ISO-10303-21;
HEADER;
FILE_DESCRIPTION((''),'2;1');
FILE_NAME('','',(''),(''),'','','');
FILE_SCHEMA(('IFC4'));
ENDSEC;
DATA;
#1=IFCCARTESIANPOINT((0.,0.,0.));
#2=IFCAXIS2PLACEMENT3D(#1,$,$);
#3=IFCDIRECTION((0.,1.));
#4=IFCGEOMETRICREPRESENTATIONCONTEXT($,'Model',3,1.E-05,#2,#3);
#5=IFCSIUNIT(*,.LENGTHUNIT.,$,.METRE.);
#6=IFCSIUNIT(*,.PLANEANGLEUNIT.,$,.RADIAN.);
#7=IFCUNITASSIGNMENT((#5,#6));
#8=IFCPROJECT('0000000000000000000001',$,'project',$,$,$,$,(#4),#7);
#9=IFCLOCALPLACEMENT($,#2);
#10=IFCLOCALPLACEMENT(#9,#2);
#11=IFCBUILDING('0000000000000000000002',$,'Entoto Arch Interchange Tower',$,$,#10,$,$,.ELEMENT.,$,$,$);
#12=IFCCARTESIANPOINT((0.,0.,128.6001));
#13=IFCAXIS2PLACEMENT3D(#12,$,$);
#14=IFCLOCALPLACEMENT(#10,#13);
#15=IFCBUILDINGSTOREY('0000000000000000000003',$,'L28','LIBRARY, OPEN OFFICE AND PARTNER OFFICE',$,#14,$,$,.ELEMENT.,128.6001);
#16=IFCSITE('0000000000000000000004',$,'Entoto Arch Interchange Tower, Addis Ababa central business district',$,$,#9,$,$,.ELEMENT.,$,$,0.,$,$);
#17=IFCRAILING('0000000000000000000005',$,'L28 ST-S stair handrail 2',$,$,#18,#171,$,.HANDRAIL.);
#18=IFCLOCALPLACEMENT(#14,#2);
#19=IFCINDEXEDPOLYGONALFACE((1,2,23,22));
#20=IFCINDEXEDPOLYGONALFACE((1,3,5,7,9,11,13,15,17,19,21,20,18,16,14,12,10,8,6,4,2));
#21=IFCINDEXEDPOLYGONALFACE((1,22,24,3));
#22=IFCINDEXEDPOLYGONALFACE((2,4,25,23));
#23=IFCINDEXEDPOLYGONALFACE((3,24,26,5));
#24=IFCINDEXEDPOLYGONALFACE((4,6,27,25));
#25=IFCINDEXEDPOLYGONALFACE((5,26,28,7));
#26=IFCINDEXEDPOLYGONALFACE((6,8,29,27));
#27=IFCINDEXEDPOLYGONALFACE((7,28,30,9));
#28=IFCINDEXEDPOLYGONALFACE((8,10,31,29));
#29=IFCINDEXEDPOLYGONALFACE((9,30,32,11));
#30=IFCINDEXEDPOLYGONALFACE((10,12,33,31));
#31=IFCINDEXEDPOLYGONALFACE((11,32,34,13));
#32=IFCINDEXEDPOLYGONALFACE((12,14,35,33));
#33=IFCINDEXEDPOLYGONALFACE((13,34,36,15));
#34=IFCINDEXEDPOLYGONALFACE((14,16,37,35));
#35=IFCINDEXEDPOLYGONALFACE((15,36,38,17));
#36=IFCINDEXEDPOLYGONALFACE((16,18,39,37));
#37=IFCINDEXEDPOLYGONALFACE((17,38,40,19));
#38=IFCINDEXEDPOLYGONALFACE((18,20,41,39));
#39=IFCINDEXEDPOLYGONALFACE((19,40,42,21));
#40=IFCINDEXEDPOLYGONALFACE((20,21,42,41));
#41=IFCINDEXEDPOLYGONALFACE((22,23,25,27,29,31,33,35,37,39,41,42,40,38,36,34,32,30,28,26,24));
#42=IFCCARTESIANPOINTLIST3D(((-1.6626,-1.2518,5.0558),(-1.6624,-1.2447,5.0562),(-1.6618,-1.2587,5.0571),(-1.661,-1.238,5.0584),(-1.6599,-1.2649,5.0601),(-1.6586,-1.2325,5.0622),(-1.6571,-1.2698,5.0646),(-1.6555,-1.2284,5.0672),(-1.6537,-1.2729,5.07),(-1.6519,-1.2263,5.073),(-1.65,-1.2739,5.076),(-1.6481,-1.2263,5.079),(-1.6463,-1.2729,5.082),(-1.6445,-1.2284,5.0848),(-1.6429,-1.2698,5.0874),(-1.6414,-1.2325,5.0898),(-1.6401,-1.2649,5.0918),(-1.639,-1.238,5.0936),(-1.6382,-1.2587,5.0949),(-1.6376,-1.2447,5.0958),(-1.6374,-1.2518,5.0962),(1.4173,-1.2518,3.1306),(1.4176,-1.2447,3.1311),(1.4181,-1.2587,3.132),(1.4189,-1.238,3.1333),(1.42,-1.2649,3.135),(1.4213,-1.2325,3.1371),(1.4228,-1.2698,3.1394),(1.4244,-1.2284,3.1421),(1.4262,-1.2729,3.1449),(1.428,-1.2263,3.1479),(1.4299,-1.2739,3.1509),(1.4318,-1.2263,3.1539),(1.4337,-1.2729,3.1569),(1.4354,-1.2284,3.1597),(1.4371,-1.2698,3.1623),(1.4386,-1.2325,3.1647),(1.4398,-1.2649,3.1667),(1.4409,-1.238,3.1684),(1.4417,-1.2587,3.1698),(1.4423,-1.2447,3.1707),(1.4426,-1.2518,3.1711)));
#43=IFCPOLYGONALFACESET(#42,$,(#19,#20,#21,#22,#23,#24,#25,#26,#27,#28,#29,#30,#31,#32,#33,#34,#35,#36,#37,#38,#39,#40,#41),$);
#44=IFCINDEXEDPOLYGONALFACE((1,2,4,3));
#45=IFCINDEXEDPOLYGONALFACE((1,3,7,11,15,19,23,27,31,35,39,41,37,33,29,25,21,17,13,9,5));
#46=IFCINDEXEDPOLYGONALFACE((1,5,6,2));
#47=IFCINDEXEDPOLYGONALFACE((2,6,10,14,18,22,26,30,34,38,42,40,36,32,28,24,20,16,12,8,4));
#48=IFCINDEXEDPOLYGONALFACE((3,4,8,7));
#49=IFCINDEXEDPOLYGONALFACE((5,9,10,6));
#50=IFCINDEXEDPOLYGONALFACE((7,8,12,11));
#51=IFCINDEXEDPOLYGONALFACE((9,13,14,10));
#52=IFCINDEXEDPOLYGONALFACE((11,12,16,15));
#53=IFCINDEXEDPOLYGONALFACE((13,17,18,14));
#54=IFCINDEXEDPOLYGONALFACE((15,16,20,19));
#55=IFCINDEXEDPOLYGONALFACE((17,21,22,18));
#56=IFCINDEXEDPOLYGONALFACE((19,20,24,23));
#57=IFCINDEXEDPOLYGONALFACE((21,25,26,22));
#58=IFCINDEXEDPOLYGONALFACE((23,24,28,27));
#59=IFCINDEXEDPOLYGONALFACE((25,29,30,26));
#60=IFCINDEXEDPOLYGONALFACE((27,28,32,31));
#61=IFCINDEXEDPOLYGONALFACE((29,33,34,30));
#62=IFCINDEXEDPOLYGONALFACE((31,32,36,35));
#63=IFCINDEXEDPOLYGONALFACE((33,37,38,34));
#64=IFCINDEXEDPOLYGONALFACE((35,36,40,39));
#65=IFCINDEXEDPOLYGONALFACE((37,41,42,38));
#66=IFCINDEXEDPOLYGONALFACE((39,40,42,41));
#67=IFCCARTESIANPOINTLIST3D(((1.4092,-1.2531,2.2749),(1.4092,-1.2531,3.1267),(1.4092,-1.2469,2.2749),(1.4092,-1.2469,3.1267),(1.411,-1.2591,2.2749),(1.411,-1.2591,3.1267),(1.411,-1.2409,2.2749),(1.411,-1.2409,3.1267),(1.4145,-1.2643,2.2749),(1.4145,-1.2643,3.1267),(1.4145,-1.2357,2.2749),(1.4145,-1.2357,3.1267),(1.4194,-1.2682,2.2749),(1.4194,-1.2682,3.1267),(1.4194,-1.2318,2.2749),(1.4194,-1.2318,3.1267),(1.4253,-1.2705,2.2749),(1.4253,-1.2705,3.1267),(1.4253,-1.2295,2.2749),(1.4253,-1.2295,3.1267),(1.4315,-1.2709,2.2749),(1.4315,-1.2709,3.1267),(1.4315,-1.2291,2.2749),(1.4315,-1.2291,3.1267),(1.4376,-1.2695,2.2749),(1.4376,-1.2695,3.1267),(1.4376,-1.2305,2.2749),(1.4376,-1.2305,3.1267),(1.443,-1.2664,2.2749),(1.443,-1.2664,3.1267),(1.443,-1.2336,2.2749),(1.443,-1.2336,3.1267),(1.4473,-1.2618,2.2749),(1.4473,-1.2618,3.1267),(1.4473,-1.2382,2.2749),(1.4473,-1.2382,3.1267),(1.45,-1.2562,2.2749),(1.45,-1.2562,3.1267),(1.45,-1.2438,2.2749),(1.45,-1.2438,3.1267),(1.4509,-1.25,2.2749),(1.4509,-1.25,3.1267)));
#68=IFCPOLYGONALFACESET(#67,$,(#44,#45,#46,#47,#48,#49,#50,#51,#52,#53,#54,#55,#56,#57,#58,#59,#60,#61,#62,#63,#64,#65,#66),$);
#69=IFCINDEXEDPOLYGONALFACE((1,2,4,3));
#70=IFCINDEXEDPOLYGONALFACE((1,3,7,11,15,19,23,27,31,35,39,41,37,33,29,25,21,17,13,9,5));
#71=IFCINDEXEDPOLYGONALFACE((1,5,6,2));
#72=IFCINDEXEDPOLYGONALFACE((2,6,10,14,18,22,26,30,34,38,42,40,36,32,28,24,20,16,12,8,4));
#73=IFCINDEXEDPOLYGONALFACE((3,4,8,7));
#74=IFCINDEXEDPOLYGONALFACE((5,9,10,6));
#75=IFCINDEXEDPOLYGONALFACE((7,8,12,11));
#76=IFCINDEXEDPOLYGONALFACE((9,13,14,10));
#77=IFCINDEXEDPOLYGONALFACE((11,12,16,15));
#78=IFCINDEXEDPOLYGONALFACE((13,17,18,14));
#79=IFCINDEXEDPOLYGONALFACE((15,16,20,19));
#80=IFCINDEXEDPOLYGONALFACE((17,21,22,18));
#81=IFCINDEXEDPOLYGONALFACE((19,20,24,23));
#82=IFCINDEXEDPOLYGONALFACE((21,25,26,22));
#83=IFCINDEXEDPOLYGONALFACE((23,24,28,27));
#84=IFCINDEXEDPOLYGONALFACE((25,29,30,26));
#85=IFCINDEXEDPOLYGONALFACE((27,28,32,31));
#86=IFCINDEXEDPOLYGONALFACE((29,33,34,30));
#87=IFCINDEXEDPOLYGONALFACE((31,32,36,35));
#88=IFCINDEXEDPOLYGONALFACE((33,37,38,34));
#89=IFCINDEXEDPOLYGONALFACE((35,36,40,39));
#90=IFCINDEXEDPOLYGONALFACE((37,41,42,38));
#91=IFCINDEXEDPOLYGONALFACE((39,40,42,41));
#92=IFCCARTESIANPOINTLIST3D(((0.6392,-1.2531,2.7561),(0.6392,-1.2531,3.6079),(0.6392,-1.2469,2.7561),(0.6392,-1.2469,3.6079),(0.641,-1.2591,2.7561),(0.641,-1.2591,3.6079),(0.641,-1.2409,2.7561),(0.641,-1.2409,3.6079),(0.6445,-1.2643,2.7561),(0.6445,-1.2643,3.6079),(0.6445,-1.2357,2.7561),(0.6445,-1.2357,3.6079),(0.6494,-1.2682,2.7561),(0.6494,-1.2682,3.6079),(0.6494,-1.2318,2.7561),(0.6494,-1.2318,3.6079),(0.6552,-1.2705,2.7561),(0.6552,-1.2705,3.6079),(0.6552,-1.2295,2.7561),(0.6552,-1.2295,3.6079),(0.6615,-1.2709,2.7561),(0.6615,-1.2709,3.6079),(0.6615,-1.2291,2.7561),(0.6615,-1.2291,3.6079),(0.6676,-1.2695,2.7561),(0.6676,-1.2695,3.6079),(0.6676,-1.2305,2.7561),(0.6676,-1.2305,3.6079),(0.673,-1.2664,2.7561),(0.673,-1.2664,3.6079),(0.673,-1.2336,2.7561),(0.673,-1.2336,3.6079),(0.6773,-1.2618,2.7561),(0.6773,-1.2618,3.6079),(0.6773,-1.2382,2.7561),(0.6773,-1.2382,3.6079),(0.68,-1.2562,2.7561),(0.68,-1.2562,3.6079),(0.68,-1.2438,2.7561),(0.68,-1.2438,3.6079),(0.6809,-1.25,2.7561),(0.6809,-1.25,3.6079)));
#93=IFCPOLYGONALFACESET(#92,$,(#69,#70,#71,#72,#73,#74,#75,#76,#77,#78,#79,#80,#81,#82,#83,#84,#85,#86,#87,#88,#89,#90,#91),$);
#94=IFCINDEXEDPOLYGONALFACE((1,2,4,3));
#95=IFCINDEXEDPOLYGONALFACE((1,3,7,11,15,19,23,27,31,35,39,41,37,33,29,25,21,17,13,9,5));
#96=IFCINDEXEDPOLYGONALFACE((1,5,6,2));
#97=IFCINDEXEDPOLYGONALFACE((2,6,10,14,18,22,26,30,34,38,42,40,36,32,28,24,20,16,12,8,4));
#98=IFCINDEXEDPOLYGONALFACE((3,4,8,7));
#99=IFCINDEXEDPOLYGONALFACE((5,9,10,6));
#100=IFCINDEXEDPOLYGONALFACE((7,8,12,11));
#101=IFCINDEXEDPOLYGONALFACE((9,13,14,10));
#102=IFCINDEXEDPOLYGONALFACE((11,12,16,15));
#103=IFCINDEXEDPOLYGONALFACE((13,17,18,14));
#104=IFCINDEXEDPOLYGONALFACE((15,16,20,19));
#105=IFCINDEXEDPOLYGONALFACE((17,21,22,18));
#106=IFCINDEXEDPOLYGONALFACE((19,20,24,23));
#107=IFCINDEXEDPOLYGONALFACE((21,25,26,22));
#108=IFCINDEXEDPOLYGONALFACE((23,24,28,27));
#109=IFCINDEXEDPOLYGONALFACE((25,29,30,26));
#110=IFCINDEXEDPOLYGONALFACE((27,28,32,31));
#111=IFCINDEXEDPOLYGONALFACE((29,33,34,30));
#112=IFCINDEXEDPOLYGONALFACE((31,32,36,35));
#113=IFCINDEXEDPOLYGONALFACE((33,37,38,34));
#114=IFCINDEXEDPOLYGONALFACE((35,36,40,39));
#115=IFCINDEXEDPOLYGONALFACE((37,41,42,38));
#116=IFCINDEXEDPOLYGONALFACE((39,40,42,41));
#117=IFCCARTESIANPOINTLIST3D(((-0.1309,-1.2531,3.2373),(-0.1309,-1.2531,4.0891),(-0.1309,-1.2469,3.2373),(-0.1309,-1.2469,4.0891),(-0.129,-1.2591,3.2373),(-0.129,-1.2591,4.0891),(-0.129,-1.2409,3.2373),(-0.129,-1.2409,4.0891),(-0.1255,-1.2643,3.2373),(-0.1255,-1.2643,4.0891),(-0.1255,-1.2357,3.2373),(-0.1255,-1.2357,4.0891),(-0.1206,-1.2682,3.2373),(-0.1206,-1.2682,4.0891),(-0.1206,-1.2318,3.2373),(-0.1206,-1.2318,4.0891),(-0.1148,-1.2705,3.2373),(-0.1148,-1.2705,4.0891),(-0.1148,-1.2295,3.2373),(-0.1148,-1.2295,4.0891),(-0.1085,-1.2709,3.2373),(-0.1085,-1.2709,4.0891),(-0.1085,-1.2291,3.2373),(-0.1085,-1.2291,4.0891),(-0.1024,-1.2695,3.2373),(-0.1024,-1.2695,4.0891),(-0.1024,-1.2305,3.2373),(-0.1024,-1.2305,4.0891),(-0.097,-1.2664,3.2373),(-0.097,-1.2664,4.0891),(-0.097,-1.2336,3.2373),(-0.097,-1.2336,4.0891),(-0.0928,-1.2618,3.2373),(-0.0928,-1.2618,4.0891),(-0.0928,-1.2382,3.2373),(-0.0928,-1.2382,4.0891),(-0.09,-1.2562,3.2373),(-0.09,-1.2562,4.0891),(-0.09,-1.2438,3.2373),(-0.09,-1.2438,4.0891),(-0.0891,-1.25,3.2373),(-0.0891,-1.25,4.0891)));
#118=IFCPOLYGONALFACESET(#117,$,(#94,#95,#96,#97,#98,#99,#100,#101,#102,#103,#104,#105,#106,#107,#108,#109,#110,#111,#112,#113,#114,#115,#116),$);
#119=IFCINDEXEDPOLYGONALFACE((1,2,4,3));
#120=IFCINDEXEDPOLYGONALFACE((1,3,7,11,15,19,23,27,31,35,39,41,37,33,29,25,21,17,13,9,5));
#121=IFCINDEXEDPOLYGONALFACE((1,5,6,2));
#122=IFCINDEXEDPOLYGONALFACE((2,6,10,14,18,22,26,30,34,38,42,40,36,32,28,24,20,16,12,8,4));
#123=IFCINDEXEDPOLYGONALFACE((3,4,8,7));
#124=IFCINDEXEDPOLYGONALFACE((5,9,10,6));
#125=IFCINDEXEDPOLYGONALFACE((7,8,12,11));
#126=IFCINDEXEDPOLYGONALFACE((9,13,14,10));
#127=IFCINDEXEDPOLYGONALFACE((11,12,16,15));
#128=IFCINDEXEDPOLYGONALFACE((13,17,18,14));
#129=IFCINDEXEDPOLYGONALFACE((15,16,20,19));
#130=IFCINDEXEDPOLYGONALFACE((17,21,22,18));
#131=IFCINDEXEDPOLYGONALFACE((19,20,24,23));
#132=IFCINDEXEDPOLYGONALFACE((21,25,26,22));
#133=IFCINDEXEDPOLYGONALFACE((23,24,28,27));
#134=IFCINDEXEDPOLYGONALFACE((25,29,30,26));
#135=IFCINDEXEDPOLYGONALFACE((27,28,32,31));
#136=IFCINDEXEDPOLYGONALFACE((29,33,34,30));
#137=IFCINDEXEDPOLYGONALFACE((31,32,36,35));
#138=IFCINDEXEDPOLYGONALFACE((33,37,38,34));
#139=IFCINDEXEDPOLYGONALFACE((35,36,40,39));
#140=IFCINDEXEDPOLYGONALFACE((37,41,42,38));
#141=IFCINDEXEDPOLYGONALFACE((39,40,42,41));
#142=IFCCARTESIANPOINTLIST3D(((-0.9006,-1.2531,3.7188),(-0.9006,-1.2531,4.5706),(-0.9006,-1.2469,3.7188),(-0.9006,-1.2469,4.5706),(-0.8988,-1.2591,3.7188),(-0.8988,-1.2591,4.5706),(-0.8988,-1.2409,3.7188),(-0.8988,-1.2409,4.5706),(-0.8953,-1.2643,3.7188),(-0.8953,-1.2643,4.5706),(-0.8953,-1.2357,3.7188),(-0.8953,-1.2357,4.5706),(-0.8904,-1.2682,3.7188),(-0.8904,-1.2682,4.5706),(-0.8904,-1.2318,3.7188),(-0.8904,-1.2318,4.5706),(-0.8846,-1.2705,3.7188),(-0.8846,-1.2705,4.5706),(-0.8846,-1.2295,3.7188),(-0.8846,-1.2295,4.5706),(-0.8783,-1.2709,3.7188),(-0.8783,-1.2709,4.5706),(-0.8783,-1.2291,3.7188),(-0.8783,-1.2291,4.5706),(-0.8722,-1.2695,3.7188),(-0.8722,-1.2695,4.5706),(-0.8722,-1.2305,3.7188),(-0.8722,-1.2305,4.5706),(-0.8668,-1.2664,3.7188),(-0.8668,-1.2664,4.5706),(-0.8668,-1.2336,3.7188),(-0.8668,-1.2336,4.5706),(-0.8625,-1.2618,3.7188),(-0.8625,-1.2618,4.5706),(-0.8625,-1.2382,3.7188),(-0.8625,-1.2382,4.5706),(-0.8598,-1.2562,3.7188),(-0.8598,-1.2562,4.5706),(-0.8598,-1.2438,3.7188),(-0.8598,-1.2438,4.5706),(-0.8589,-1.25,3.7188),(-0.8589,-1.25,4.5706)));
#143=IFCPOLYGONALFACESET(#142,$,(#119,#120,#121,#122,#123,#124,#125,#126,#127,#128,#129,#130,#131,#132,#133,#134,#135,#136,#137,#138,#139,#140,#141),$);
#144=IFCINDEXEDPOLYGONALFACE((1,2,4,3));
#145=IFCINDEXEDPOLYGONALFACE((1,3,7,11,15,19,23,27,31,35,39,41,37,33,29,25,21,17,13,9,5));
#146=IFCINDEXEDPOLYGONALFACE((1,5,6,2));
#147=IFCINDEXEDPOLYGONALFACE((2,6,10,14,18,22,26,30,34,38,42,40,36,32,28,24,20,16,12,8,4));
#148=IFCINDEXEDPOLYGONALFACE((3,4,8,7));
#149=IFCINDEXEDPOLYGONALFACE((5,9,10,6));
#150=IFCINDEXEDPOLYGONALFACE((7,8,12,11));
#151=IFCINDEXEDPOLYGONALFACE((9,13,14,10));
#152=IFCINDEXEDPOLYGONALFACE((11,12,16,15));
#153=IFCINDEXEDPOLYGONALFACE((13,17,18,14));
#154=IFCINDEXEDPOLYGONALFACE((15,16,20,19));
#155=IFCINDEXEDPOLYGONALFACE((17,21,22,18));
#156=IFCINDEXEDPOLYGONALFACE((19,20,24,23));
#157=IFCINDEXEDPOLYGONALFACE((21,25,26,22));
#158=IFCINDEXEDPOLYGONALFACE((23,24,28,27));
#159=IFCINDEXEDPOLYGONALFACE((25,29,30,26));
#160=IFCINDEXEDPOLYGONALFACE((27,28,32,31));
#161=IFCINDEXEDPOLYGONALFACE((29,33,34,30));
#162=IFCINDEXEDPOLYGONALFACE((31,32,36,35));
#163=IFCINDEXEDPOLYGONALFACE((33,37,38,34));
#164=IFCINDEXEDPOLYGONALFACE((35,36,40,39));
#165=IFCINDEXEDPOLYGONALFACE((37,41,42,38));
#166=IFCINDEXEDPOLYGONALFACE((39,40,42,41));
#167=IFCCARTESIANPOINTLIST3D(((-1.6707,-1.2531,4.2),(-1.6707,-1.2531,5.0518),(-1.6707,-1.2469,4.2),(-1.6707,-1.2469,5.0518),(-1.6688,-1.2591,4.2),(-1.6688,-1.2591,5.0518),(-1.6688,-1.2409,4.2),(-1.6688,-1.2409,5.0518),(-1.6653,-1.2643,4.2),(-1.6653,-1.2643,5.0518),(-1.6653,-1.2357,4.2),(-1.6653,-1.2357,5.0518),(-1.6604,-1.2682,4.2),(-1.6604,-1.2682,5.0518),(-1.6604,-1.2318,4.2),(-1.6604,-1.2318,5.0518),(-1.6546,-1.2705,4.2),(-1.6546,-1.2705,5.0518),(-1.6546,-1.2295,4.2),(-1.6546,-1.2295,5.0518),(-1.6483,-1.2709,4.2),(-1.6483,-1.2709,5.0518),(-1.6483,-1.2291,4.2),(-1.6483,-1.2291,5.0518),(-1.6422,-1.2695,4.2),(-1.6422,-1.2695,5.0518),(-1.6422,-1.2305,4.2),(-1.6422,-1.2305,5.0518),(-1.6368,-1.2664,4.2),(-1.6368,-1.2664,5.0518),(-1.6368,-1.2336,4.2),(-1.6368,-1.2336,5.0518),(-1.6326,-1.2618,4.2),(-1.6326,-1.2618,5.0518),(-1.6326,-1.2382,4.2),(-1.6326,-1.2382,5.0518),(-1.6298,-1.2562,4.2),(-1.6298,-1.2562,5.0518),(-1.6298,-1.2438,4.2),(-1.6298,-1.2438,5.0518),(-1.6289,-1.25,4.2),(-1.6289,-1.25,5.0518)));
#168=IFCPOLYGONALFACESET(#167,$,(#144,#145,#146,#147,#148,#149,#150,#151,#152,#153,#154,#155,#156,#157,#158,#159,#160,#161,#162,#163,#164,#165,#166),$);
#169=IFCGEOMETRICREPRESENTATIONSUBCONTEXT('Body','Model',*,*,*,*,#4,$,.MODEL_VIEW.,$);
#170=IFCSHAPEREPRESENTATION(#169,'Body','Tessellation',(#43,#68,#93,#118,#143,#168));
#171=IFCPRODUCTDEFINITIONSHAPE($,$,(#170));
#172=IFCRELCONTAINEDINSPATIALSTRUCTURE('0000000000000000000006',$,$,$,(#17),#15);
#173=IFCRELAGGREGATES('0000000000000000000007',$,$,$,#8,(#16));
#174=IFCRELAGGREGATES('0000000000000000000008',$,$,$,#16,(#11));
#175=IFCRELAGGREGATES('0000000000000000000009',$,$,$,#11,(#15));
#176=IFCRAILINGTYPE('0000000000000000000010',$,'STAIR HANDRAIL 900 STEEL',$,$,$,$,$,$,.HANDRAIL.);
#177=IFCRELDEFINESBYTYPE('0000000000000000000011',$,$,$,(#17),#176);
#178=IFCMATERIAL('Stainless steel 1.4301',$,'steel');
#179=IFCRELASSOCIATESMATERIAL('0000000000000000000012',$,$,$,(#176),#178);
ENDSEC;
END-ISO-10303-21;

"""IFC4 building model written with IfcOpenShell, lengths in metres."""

from ifc_helpers import new_model, si_unit, direction, frame, origin, origin_2d, place, context, subcontext, project, spatial, circle, extrude, material, type_object, element, save


model = new_model("IFC4")

# Units and contexts
model_context = context("Model", 3, precision=1e-05, world=origin(), true_north=direction((0.0, 1.0)))
body_context = subcontext(model_context, "Body", "Model", "MODEL_VIEW")
ifc_project = project(units=[si_unit("LENGTHUNIT", "METRE"), si_unit("PLANEANGLEUNIT", "RADIAN")], contexts=[model_context])

# Site, building, storey
site_placement = place(None, origin())
site = spatial("IfcSite", under=ifc_project, at=site_placement, Name="Entoto Arch Interchange Tower, Addis Ababa central business district", CompositionType="ELEMENT", RefElevation=0.0)
building_placement = place(site_placement, origin())
building = spatial("IfcBuilding", under=site, at=building_placement, Name="Entoto Arch Interchange Tower", CompositionType="ELEMENT")
storey_placement = place(building_placement, frame((0.0, 0.0, 128.6001)))
storey = spatial("IfcBuildingStorey", under=building, at=storey_placement, Name="L28", Description="LIBRARY, OPEN OFFICE AND PARTNER OFFICE", CompositionType="ELEMENT", Elevation=128.6001)

# Railing
ifc_material_1 = material(Name="Stainless steel 1.4301", Category="steel")
railing_type_1 = type_object("IfcRailingType", Name="STAIR HANDRAIL 900 STEEL", PredefinedType="HANDRAIL", material=ifc_material_1)
railing_1_placement = place(storey_placement, frame((1.4299, -1.25, 2.2749)))
element("IfcRailing", 1, at=railing_1_placement, inside=storey, type_object=railing_type_1, Name="L28 ST-S stair handrail 2", PredefinedType="HANDRAIL", context=body_context, shape_type="SweptSolid", body=[
    extrude(circle(Radius=0.0239, at=origin_2d()), frame((0.0, 0.0, 0.876), z_axis=(-0.847979, 0.0, 0.530029), x_axis=(0.0, -1.0, 0.0)), (0.0, 0.0, 1.0), 3.6321),
    extrude(circle(Radius=0.021, at=origin_2d()), origin(), (0.0, 0.0, 1.0), 0.8518),
    extrude(circle(Radius=0.021, at=origin_2d()), frame((-0.77, 0.0, 0.4812)), (0.0, 0.0, 1.0), 0.8518),
    extrude(circle(Radius=0.021, at=origin_2d()), frame((-1.54, 0.0, 0.9624)), (0.0, 0.0, 1.0), 0.8518),
    extrude(circle(Radius=0.021, at=origin_2d()), frame((-2.3098, 0.0, 1.4438)), (0.0, 0.0, 1.0), 0.8518),
    extrude(circle(Radius=0.021, at=origin_2d()), frame((-3.0798, 0.0, 1.925)), (0.0, 0.0, 1.0), 0.8518),
])

save(model, "model.ifc")
